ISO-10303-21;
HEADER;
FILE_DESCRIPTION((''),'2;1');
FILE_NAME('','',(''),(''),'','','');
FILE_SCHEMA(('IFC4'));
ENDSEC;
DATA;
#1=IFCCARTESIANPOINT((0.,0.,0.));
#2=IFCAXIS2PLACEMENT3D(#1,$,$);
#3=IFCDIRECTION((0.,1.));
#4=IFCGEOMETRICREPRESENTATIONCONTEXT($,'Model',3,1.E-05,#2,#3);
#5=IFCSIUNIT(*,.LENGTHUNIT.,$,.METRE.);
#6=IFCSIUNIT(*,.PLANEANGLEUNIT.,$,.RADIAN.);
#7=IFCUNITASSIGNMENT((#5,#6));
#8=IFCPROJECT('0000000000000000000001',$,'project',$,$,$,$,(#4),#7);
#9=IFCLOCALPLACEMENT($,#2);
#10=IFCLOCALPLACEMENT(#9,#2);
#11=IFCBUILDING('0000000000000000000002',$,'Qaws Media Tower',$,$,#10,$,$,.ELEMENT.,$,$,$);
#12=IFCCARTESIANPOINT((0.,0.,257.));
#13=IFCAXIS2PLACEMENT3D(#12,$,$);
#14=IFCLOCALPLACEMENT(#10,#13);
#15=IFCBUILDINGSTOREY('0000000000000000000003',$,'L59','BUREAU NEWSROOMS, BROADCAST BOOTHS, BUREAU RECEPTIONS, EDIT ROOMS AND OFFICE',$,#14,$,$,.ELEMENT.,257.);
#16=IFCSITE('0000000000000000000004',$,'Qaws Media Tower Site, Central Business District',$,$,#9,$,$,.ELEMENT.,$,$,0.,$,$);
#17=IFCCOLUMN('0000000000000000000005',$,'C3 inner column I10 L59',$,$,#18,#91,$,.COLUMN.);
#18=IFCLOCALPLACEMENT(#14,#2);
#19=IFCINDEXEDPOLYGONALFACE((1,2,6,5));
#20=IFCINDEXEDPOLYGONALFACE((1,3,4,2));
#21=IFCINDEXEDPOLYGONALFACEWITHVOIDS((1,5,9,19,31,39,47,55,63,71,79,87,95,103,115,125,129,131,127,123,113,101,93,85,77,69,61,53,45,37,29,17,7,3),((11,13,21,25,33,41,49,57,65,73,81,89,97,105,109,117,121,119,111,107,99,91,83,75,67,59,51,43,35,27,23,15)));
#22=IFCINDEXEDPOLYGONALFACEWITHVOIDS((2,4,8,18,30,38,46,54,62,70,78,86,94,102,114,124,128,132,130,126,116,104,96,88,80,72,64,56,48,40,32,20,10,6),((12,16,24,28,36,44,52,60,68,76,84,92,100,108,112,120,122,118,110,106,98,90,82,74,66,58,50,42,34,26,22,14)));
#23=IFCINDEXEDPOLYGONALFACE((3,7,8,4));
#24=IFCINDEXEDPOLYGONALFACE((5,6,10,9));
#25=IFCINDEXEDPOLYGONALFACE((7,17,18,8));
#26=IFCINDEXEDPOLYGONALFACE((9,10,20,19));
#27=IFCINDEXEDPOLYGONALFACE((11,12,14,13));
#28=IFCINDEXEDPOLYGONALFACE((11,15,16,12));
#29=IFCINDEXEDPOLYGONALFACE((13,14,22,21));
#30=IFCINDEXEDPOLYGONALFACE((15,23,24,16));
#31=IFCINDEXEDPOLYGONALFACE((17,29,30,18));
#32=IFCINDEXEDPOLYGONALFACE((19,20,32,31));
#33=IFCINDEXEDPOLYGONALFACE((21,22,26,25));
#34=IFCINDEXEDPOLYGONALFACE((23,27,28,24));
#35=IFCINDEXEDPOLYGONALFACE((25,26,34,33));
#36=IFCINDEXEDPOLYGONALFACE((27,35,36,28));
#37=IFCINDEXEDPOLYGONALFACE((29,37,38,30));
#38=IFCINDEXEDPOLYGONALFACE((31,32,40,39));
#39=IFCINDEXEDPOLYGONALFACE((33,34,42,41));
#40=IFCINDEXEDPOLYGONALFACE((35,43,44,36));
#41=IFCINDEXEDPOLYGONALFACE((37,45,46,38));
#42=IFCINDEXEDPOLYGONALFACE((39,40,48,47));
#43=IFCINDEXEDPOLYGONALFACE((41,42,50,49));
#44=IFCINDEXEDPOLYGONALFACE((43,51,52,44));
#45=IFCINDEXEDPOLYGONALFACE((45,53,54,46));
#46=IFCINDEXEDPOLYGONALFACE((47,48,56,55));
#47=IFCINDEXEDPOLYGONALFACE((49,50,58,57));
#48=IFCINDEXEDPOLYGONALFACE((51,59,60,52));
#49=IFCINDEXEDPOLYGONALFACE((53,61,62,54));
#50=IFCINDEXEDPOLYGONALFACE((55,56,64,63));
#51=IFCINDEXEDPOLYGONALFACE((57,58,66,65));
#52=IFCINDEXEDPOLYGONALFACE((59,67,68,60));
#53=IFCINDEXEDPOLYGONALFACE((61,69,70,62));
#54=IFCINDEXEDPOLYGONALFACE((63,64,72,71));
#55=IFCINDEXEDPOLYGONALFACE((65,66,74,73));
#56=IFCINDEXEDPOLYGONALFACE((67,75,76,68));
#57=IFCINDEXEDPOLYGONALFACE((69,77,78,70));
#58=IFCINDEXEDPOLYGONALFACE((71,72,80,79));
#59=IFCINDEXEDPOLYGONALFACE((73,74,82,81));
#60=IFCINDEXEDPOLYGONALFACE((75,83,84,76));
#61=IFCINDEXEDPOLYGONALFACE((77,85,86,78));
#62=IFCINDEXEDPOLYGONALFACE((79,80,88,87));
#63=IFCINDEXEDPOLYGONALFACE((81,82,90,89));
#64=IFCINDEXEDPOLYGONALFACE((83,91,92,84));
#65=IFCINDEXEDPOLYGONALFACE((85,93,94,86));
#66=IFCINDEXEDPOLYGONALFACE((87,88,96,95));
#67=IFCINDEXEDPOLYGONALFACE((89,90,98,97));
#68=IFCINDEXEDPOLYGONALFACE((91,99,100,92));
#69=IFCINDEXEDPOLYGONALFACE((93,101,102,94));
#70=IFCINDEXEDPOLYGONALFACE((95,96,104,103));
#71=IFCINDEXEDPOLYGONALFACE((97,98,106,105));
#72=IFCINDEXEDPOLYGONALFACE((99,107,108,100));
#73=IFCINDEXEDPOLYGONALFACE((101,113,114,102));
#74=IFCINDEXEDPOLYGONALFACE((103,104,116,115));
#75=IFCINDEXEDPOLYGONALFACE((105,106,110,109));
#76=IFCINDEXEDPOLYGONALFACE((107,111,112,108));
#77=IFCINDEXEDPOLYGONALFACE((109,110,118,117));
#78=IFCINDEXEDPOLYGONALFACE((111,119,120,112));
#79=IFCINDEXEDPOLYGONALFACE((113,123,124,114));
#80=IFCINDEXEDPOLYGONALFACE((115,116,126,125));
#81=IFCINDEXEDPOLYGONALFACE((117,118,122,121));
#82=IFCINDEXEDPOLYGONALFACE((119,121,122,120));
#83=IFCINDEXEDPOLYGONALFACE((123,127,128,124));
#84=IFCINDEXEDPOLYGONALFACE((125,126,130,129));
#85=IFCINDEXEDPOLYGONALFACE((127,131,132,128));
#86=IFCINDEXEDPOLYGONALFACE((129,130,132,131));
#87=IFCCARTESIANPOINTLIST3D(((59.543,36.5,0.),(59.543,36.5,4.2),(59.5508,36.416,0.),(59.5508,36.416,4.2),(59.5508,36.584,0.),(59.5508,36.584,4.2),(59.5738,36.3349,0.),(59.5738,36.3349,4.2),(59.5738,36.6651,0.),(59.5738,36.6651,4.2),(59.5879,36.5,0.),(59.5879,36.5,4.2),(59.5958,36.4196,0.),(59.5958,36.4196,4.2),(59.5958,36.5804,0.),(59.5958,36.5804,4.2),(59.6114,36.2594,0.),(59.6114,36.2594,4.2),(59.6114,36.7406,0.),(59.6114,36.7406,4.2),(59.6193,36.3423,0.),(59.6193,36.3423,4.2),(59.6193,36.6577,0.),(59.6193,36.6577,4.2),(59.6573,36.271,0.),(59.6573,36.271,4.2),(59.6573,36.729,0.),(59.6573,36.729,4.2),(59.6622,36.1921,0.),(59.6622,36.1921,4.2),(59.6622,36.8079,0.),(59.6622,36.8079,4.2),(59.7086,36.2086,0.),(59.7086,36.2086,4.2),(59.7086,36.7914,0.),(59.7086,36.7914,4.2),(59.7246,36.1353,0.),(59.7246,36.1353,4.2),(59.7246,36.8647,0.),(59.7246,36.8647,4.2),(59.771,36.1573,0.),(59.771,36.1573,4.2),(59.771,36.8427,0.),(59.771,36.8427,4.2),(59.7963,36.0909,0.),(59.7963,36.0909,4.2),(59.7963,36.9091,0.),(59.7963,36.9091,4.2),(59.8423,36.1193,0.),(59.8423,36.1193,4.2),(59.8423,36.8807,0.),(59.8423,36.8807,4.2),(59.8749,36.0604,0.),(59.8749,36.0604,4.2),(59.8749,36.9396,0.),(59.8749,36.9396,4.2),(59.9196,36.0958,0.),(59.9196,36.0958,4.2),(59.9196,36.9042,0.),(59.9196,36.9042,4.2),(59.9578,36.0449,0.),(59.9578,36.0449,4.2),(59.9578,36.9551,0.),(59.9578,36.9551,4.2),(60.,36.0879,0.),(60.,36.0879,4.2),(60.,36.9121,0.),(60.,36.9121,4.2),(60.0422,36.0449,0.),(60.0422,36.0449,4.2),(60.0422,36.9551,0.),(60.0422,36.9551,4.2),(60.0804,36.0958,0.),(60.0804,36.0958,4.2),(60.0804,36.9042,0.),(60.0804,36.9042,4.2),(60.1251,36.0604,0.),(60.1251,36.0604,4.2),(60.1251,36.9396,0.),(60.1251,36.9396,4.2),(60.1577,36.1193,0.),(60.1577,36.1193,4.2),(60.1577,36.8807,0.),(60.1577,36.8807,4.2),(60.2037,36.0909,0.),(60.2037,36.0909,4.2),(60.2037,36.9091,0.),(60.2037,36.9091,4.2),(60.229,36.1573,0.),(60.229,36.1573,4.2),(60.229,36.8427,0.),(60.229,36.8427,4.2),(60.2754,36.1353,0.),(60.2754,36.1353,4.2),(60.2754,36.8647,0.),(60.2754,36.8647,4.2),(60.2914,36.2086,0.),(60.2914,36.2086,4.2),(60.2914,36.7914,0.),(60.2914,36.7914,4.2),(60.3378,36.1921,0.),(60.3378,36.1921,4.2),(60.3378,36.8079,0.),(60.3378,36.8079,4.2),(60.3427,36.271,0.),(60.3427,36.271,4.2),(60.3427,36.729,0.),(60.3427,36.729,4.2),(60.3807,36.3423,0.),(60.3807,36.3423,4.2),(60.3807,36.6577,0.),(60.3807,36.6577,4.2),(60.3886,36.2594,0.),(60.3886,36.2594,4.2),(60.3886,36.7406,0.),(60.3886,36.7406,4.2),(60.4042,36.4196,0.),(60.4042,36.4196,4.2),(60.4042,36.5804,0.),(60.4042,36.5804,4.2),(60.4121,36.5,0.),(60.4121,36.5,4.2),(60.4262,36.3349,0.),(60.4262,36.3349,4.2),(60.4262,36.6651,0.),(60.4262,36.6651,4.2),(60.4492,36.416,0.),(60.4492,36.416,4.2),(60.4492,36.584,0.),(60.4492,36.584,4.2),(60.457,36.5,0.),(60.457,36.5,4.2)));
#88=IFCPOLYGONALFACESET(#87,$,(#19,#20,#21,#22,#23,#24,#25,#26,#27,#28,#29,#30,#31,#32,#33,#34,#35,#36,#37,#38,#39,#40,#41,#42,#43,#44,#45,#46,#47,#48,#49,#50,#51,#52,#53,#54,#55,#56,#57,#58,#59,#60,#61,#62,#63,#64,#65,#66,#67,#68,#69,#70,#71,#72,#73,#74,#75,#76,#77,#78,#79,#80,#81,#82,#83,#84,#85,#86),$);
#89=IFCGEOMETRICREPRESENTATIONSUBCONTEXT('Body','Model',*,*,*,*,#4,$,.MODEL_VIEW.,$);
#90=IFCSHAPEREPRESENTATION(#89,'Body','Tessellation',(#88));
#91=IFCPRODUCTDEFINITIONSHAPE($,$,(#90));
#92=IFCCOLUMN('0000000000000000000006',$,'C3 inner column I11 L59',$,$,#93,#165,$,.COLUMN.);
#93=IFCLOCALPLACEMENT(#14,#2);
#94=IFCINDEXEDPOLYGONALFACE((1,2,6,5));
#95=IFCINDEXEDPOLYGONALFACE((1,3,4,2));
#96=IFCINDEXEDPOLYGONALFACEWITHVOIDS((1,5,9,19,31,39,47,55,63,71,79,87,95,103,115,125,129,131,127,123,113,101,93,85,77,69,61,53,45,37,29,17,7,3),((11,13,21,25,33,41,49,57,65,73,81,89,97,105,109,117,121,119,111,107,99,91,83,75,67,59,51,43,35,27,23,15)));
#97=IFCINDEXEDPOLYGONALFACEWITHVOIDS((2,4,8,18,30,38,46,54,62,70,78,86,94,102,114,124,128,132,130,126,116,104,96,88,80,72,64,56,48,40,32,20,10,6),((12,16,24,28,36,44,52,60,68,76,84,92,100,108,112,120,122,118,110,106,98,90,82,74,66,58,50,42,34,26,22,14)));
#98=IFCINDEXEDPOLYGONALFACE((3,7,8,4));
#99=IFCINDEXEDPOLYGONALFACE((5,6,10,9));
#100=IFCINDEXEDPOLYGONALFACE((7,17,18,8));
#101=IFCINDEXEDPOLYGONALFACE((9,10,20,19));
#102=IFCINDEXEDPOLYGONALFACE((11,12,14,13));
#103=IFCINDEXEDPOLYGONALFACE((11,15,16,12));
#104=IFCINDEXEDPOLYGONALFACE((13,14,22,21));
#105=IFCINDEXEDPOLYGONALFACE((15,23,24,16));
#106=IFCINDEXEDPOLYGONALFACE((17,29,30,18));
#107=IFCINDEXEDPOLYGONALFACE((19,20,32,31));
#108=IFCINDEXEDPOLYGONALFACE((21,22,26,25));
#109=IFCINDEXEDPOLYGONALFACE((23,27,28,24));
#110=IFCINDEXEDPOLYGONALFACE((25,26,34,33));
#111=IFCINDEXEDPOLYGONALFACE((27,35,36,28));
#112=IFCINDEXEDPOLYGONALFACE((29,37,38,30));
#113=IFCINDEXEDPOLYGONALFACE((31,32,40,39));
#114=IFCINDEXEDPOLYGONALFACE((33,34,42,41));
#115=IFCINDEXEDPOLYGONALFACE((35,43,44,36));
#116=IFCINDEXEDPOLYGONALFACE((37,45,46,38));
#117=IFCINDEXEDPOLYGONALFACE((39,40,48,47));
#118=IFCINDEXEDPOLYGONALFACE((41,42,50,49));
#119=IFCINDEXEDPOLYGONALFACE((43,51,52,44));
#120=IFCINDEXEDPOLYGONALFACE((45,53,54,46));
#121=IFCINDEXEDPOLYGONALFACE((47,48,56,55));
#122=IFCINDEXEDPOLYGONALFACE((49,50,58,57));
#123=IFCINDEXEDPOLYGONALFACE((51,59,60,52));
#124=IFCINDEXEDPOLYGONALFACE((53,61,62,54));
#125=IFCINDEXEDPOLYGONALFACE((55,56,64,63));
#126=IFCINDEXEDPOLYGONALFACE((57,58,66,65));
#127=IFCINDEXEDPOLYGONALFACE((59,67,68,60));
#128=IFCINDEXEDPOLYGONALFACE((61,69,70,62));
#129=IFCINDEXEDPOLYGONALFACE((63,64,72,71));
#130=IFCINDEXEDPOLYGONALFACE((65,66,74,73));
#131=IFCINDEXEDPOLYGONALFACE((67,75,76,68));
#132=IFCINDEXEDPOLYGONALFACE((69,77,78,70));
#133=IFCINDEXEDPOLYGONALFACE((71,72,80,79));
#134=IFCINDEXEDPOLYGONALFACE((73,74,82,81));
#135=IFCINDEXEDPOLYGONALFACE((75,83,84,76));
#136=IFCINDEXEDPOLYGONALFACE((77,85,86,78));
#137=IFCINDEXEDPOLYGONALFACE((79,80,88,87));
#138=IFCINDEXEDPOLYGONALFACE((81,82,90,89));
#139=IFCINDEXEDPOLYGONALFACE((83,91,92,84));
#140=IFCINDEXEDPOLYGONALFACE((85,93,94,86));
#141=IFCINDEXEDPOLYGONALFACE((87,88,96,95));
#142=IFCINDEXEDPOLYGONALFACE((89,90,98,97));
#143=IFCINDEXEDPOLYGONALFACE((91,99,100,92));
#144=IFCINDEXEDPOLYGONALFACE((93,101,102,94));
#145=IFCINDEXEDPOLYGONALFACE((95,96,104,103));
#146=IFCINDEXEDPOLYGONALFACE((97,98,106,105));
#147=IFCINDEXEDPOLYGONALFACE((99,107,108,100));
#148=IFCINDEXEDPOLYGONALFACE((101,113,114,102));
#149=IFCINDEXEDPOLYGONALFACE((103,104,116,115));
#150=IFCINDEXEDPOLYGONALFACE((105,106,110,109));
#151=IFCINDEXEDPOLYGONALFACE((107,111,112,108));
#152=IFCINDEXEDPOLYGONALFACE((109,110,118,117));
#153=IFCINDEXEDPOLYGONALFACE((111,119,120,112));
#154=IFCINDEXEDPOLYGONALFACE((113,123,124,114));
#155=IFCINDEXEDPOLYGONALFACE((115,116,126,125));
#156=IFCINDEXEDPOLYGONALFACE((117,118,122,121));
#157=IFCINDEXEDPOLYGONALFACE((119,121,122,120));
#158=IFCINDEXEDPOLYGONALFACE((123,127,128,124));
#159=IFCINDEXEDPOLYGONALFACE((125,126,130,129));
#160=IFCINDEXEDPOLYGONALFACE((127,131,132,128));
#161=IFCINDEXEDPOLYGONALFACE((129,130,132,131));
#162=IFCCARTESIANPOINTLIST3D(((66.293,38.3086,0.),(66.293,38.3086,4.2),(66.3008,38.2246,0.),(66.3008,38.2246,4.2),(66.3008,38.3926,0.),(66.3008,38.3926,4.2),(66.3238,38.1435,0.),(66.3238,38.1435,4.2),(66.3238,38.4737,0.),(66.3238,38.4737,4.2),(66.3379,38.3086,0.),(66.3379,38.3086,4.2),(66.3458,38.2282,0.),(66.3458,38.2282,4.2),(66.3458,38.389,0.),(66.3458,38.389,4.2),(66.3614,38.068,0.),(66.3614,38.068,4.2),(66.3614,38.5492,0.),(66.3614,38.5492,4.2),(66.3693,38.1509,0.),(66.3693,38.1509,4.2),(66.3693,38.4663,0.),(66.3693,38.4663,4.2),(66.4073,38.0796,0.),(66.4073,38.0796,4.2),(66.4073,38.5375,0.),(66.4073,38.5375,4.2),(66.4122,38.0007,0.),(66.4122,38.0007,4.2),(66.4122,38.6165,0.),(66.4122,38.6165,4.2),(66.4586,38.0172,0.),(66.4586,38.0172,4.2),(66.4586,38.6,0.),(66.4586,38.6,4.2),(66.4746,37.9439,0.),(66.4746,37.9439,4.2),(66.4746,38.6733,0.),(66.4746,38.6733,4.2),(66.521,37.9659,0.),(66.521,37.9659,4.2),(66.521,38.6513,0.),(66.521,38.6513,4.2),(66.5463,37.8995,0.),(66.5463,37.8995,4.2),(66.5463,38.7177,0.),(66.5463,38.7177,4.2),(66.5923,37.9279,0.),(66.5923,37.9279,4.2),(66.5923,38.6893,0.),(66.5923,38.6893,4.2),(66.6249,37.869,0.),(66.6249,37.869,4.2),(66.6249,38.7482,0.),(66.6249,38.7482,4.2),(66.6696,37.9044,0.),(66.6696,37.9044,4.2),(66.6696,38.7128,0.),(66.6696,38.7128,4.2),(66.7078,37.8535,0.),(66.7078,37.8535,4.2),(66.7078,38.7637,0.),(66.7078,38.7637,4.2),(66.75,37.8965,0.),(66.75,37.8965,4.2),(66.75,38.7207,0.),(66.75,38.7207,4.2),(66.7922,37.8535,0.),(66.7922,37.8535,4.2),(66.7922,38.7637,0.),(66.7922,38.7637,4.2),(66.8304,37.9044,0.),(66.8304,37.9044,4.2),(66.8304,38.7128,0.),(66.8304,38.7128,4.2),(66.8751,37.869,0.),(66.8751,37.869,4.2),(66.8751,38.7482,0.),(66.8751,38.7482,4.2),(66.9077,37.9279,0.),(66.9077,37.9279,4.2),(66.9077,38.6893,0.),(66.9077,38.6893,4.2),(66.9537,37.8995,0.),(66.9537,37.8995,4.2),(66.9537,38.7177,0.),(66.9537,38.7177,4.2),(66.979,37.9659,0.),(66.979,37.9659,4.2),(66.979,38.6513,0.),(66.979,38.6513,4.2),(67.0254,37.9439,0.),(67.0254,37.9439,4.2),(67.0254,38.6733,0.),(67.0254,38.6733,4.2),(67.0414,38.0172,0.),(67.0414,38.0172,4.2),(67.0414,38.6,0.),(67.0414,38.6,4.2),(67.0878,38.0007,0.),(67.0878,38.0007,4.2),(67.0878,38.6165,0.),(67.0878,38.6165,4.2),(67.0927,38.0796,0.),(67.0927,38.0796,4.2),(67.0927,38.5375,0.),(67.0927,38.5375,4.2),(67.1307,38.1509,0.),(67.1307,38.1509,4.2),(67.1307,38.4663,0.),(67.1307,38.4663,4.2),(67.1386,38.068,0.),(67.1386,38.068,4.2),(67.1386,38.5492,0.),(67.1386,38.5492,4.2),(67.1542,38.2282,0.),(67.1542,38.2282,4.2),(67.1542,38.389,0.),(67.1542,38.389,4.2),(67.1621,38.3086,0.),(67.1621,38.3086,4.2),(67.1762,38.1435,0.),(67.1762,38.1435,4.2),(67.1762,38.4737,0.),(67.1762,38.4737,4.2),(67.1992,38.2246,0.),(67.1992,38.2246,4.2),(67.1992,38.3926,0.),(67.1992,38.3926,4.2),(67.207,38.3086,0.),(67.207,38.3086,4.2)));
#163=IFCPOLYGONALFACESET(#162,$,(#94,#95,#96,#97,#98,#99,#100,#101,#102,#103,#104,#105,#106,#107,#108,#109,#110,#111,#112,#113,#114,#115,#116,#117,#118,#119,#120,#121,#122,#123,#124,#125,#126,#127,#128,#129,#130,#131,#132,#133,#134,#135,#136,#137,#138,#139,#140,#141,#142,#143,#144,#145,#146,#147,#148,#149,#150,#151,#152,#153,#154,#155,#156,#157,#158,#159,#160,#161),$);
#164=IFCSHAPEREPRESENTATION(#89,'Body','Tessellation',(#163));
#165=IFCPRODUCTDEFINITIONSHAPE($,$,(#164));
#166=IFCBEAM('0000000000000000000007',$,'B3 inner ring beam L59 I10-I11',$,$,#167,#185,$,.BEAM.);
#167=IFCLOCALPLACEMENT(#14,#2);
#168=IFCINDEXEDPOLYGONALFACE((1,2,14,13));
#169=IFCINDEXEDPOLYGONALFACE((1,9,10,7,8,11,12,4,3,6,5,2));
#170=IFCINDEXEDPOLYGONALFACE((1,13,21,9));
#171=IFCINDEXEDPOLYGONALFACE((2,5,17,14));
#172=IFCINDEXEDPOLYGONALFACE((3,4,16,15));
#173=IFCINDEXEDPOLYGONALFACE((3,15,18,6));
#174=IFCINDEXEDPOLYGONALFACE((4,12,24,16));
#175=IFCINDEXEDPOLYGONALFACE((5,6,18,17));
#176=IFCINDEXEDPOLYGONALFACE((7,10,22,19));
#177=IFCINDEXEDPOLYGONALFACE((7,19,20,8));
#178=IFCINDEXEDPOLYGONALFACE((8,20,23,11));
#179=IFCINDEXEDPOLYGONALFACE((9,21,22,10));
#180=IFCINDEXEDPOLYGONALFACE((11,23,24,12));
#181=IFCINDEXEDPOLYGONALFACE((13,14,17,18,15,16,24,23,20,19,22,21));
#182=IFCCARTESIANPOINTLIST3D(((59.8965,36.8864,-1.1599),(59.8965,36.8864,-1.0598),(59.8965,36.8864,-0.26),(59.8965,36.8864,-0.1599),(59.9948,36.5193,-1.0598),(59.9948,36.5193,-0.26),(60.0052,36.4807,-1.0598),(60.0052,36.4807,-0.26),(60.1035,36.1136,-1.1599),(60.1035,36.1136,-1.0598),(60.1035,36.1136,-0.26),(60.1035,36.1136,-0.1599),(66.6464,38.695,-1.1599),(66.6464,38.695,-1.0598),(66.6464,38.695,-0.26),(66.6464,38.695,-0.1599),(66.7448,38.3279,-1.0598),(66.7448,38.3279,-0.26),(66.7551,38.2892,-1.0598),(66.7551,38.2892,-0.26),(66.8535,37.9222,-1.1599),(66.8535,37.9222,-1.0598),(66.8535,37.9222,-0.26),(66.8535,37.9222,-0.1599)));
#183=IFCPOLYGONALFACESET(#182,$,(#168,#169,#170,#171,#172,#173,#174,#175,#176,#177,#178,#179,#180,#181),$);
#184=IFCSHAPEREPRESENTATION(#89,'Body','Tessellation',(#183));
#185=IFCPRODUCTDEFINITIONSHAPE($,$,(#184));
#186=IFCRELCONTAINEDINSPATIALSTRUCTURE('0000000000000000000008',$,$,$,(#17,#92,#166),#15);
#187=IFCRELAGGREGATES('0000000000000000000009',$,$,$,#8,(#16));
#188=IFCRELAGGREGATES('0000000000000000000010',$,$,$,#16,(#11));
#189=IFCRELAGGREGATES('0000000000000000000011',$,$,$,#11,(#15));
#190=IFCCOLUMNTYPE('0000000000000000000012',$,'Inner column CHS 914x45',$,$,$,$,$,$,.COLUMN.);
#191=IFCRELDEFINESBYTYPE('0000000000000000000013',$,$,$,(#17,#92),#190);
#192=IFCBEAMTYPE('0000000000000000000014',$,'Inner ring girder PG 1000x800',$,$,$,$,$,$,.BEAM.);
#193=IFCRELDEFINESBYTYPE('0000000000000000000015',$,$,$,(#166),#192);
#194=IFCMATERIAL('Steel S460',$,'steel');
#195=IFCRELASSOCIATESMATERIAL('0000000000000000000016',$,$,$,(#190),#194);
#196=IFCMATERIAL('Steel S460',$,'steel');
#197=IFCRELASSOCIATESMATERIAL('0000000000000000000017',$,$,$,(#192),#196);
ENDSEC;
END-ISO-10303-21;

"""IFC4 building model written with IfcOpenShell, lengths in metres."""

from ifc_helpers import new_model, si_unit, direction, frame, origin, origin_2d, place, context, subcontext, project, spatial, hollow_circle, i_section, extrude, material, material_profile, profile_set, type_object, element, save


model = new_model("IFC4")

# Units and contexts
model_context = context("Model", 3, precision=1e-05, world=origin(), true_north=direction((0.0, 1.0)))
body_context = subcontext(model_context, "Body", "Model", "MODEL_VIEW")
ifc_project = project(units=[si_unit("LENGTHUNIT", "METRE"), si_unit("PLANEANGLEUNIT", "RADIAN")], contexts=[model_context])

# Site, building, storey
site_placement = place(None, origin())
site = spatial("IfcSite", under=ifc_project, at=site_placement, Name="Qaws Media Tower Site, Central Business District", CompositionType="ELEMENT", RefElevation=0.0)
building_placement = place(site_placement, origin())
building = spatial("IfcBuilding", under=site, at=building_placement, Name="Qaws Media Tower", CompositionType="ELEMENT")
storey_placement = place(building_placement, frame((0.0, 0.0, 257.0)))
storey = spatial("IfcBuildingStorey", under=building, at=storey_placement, Name="L59", Description="BUREAU NEWSROOMS, BROADCAST BOOTHS, BUREAU RECEPTIONS, EDIT ROOMS AND OFFICE", CompositionType="ELEMENT", Elevation=257.0)

# Columns
ifc_material_1 = material(Name="Steel S460", Category="steel")
ifc_material_profile_1 = material_profile(ifc_material_1, hollow_circle(Radius=0.457, WallThickness=0.0449, at=origin_2d()), Name="CHS 914x45")
ifc_profile_set_1 = profile_set([ifc_material_profile_1], Name="Steel S460")
column_type = type_object("IfcColumnType", Name="Inner column CHS 914x45", PredefinedType="COLUMN", material=ifc_profile_set_1)
for number, where, z_axis, x_axis, name in (
    (1, (60.0, 36.5, 0.0), (0.0, 0.0, 1.0), (1.0, 0.0, 0.0), "C3 inner column I10 L59"),
    (2, (66.75, 38.3086, 0.0), (0.0, 0.0, 1.0), (1.0, 0.0, 0.0), "C3 inner column I11 L59"),
):
    element("IfcColumn", number, at=place(storey_placement, frame(where, z_axis=z_axis, x_axis=x_axis)), inside=storey, type_object=column_type, Name=name, PredefinedType="COLUMN", context=body_context, shape_type="SweptSolid", body=[
        extrude(hollow_circle(Radius=0.457, WallThickness=0.0449, at=origin_2d()), origin(), (0.0, 0.0, 1.0), 4.2),
    ])

# Beam
ifc_material_2 = material(Name="Steel S460", Category="steel")
ifc_material_profile_2 = material_profile(ifc_material_2, i_section(OverallWidth=0.8, OverallDepth=1.0, WebThickness=0.04, FlangeThickness=0.1001, at=origin_2d()), Name="PG 1000x800")
ifc_profile_set_2 = profile_set([ifc_material_profile_2], Name="Steel S460")
beam_type_1 = type_object("IfcBeamType", Name="Inner ring girder PG 1000x800", PredefinedType="BEAM", material=ifc_profile_set_2)
beam_1_placement = place(storey_placement, frame((60.0, 36.5, -0.6599), z_axis=(0.965928, 0.258811, 0.0), x_axis=(-0.258811, 0.965928, 0.0)))
element("IfcBeam", 3, at=beam_1_placement, inside=storey, type_object=beam_type_1, Name="B3 inner ring beam L59 I10-I11", PredefinedType="BEAM", context=body_context, shape_type="SweptSolid", body=[
    extrude(i_section(OverallWidth=0.8, OverallDepth=1.0, WebThickness=0.04, FlangeThickness=0.1001, at=origin_2d()), origin(), (0.0, 0.0, 1.0), 6.988),
])

save(model, "model.ifc")
